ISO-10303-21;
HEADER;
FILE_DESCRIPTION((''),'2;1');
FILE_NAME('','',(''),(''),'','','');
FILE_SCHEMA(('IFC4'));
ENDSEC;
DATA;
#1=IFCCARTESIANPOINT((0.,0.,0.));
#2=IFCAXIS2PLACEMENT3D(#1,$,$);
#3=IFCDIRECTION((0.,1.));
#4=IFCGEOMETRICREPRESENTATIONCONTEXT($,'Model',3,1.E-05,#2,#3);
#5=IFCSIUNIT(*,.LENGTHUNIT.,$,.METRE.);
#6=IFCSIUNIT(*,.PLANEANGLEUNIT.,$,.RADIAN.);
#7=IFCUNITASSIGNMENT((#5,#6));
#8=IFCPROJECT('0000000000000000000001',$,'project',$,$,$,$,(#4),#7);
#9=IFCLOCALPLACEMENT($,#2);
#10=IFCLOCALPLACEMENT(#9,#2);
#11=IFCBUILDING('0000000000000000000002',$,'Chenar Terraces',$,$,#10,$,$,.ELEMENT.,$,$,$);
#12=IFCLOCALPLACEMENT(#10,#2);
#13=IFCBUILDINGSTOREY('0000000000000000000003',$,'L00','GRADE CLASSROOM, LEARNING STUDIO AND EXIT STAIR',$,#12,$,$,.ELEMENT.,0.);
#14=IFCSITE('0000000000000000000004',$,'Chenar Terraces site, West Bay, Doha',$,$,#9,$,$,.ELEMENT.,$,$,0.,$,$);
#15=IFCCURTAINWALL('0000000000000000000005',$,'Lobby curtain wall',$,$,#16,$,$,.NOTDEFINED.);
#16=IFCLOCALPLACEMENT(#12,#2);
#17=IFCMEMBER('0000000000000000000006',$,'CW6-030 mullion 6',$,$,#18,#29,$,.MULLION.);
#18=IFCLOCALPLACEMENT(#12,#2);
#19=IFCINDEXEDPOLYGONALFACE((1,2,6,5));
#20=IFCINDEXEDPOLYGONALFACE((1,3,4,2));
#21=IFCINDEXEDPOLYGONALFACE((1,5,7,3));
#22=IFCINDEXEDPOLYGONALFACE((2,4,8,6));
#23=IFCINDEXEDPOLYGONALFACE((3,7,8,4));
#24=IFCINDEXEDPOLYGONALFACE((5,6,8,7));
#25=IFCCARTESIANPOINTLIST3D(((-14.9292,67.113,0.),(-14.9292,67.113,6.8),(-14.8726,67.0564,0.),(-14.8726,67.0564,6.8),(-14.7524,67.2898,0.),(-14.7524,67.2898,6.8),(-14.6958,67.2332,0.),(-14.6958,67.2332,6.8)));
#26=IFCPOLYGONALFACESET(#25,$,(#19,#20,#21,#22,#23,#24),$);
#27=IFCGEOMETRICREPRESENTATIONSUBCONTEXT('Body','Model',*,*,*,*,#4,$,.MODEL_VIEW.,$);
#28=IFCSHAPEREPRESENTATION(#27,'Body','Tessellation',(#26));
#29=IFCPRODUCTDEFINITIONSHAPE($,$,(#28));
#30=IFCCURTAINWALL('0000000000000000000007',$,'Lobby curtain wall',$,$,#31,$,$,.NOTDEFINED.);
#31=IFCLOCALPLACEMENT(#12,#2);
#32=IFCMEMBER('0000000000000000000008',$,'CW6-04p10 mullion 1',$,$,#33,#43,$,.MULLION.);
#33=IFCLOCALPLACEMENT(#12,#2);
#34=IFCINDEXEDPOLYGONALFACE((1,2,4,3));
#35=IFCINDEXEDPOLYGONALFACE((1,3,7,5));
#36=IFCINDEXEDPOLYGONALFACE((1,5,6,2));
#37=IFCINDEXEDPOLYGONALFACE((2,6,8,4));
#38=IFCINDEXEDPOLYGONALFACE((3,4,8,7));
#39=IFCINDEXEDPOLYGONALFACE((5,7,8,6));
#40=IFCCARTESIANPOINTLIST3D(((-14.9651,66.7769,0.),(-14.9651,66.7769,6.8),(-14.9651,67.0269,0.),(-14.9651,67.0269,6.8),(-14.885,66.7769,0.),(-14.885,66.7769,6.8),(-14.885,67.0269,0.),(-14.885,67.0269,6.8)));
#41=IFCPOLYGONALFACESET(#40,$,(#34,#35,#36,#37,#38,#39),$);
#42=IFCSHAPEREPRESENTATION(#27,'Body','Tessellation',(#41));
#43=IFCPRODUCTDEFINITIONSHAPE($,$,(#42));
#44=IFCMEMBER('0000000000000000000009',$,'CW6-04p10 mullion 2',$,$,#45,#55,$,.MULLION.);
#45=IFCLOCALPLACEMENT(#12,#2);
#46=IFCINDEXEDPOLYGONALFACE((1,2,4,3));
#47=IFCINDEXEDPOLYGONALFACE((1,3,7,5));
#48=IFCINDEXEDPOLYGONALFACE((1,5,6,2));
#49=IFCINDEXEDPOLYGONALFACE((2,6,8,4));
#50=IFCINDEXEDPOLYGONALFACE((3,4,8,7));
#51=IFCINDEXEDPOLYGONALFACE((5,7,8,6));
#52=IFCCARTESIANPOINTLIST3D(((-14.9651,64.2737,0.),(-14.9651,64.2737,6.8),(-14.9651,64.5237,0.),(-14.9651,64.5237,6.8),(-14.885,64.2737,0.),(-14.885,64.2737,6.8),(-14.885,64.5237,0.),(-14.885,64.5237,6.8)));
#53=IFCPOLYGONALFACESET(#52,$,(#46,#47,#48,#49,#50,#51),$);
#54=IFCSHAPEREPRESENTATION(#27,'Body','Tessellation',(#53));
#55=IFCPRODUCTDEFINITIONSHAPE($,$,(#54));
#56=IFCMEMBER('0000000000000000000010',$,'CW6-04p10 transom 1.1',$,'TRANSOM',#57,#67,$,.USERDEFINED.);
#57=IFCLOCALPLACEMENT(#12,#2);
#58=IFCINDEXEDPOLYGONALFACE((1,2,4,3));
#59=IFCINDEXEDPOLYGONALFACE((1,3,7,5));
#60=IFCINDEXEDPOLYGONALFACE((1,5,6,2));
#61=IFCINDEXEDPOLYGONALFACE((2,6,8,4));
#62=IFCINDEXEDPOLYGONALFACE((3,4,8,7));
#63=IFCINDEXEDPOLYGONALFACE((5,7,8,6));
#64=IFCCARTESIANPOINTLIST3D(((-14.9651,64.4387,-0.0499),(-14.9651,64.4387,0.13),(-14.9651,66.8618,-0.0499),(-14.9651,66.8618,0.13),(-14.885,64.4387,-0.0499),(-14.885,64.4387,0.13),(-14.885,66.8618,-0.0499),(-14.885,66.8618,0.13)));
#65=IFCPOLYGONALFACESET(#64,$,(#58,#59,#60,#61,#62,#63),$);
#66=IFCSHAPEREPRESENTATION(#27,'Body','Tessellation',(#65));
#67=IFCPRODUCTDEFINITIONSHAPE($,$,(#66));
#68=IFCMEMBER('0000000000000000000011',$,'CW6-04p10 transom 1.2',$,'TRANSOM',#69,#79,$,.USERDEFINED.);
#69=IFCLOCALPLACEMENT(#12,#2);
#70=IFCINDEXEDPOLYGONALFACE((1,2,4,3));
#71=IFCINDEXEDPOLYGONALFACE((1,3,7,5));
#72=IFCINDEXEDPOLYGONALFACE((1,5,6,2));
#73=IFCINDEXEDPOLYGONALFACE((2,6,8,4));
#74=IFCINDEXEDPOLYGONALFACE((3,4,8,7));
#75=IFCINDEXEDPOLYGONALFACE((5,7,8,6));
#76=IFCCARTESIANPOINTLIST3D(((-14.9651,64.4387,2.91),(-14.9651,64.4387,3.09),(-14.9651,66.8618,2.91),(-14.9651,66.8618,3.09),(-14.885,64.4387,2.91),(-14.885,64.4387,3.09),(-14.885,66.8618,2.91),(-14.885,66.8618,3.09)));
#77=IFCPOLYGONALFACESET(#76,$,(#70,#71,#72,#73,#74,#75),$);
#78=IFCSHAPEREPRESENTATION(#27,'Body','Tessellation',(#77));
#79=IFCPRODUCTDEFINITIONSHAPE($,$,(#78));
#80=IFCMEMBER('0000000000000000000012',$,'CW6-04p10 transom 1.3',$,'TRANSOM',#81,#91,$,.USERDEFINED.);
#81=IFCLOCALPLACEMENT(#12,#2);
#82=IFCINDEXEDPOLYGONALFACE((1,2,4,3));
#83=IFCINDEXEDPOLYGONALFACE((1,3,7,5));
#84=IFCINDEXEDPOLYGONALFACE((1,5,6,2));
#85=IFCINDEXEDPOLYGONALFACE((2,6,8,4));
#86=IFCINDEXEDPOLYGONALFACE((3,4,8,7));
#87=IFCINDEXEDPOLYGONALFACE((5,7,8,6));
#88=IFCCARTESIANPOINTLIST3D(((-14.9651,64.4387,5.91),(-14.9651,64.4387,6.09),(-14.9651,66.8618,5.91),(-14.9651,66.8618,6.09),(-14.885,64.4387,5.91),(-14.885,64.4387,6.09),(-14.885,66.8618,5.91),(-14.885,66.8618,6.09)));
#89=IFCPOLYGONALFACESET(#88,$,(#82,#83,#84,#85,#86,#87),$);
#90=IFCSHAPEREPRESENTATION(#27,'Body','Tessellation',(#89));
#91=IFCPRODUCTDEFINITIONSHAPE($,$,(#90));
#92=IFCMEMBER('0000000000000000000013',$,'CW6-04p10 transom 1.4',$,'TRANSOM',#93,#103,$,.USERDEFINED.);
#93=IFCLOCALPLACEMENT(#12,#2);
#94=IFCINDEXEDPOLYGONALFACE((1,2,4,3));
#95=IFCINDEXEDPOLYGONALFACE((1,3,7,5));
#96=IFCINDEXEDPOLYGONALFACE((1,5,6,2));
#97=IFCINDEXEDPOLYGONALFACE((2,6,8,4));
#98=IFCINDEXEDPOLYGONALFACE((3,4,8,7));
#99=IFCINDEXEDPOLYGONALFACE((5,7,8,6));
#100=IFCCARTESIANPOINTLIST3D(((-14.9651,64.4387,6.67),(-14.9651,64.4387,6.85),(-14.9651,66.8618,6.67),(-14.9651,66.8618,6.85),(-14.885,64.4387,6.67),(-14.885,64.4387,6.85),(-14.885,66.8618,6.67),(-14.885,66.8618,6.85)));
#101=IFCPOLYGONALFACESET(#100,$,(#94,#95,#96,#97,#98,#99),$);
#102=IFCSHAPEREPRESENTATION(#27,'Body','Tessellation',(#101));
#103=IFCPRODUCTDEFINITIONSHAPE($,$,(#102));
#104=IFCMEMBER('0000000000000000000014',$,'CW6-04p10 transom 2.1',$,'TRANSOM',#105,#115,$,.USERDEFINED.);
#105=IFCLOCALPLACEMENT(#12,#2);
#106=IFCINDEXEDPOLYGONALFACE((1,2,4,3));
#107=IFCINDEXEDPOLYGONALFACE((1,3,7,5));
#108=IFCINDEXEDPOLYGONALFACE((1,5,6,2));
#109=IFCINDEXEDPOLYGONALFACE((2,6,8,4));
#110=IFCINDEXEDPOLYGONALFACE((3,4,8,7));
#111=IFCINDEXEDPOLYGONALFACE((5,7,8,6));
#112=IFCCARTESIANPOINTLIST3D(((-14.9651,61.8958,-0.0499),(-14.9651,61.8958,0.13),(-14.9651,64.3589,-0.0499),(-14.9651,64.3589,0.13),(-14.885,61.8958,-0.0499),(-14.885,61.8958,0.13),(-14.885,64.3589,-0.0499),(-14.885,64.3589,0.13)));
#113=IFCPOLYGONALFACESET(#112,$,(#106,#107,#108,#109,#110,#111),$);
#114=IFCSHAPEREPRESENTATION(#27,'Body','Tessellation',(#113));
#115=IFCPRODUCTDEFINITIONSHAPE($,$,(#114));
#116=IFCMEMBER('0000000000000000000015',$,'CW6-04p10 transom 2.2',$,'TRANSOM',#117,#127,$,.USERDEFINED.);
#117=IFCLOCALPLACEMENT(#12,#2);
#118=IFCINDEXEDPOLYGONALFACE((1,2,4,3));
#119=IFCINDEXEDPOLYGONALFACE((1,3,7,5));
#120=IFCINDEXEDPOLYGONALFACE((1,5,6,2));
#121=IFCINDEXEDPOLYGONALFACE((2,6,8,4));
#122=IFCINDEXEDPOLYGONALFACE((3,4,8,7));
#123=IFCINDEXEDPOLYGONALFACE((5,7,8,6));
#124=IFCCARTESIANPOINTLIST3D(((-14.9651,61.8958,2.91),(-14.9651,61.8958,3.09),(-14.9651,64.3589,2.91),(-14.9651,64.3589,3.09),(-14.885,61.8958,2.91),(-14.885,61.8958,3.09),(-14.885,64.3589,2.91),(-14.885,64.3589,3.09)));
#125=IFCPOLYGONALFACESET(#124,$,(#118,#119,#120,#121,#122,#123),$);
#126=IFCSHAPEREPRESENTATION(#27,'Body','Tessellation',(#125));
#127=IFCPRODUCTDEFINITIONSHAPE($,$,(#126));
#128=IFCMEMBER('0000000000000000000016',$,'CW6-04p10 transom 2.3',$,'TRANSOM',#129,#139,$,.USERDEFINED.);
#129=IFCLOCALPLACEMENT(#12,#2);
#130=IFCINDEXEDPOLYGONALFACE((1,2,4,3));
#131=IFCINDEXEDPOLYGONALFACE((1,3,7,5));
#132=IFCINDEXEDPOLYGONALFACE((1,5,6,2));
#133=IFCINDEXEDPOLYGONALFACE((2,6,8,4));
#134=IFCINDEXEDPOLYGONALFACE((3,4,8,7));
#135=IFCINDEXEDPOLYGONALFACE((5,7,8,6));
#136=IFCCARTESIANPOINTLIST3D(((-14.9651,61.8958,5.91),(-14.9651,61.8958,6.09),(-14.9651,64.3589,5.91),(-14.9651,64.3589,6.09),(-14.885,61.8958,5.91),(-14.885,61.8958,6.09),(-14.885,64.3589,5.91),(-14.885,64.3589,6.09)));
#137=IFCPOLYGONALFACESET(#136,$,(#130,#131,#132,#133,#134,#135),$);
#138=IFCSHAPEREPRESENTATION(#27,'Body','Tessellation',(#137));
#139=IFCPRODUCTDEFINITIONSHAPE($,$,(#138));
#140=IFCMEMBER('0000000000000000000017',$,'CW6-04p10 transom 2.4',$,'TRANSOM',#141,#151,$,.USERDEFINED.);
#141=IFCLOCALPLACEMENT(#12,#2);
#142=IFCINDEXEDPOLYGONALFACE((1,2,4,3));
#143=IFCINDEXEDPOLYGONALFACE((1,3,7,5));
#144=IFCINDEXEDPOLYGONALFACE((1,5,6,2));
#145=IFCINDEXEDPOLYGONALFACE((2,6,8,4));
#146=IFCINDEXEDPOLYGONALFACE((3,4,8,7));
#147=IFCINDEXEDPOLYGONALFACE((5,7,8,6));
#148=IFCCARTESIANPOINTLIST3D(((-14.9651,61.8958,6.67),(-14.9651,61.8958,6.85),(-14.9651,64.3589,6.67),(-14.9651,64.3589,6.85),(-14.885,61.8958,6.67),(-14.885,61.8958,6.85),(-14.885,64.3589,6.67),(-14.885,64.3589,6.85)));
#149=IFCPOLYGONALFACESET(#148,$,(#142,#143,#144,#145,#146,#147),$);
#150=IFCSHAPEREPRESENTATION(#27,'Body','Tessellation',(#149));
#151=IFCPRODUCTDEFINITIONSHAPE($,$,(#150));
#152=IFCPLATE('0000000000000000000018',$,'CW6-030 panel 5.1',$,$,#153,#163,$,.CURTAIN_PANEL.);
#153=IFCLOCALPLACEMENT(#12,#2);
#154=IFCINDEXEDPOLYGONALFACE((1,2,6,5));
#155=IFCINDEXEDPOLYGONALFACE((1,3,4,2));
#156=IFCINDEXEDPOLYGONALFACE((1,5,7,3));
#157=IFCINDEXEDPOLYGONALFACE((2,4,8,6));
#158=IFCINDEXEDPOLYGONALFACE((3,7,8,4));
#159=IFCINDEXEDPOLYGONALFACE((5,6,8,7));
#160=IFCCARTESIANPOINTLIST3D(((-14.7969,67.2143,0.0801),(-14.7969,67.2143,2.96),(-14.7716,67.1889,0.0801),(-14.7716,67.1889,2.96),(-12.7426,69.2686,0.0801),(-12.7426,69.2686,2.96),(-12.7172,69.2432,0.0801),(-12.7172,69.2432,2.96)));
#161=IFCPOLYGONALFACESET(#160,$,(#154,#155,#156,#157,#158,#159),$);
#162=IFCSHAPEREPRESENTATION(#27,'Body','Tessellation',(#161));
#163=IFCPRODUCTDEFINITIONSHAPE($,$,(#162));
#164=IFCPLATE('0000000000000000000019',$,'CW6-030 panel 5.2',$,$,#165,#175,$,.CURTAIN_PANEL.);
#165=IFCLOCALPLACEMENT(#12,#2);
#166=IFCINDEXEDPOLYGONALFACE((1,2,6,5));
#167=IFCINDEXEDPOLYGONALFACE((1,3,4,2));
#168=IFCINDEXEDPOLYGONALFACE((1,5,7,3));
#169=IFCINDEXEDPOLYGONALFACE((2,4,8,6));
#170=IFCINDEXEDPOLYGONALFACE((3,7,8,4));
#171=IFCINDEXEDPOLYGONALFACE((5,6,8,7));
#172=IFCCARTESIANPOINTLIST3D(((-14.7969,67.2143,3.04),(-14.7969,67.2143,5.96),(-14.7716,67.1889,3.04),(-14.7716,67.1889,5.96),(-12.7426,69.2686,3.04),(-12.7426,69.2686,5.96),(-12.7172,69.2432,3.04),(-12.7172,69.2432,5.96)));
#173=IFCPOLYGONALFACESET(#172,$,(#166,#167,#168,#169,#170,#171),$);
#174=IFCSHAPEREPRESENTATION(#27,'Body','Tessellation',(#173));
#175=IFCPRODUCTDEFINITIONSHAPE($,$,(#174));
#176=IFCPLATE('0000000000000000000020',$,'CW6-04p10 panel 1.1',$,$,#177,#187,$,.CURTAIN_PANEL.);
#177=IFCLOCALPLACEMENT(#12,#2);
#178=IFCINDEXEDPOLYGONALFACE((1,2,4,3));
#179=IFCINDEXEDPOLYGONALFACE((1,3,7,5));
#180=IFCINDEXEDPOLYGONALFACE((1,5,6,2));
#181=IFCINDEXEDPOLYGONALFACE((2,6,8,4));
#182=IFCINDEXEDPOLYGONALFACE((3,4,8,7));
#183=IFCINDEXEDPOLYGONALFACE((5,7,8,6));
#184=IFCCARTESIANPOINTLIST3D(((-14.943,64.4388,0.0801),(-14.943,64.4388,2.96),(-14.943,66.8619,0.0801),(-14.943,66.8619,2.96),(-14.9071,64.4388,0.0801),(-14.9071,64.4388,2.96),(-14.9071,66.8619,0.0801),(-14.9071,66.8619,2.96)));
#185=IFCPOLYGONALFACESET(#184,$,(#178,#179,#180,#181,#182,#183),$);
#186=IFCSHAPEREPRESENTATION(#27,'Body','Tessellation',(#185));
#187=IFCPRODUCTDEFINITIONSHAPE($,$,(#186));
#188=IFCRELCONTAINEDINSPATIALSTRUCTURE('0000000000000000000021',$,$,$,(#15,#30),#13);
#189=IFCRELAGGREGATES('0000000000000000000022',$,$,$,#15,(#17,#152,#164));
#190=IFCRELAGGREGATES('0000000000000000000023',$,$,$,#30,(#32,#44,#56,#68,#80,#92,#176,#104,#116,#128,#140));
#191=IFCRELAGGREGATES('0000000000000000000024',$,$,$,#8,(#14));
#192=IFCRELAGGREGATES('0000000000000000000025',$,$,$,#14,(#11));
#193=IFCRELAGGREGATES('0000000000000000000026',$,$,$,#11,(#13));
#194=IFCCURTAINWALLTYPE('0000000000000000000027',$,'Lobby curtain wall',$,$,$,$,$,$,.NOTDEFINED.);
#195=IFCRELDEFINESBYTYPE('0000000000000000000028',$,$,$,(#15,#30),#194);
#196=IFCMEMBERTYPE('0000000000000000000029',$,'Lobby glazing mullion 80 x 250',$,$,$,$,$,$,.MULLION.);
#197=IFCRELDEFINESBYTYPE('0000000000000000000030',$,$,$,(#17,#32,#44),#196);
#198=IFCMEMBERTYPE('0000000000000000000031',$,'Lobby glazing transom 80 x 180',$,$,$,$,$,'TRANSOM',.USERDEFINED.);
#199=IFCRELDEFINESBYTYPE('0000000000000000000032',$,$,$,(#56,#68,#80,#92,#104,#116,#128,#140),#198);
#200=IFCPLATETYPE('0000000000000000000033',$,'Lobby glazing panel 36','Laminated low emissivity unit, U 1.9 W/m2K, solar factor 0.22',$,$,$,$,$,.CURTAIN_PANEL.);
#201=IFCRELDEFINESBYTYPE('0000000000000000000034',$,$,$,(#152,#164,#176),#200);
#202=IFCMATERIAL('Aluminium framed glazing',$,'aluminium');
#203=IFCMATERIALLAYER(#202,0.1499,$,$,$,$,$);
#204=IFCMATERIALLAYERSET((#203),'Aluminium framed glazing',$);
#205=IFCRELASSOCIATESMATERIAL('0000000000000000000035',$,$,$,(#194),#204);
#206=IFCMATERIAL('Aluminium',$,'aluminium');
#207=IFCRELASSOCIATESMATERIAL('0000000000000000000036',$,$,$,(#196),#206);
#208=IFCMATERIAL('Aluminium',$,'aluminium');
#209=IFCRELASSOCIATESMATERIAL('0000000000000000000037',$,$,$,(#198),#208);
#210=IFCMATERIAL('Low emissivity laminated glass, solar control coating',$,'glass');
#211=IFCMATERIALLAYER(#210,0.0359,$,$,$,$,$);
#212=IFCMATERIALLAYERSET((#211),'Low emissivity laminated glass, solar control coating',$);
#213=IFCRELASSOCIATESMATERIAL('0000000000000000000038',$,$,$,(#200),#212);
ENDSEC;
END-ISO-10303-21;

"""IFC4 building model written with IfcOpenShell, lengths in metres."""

from ifc_helpers import new_model, si_unit, direction, frame, origin, origin_2d, place, context, subcontext, project, spatial, rectangle, extrude, material, layer, layer_set, material_profile, profile_set, type_object, element, aggregate, save


model = new_model("IFC4")

# Units and contexts
model_context = context("Model", 3, precision=1e-05, world=origin(), true_north=direction((0.0, 1.0)))
body_context = subcontext(model_context, "Body", "Model", "MODEL_VIEW")
ifc_project = project(units=[si_unit("LENGTHUNIT", "METRE"), si_unit("PLANEANGLEUNIT", "RADIAN")], contexts=[model_context])

# Site, building, storey
site_placement = place(None, origin())
site = spatial("IfcSite", under=ifc_project, at=site_placement, Name="Chenar Terraces site, West Bay, Doha", CompositionType="ELEMENT", RefElevation=0.0)
building_placement = place(site_placement, origin())
building = spatial("IfcBuilding", under=site, at=building_placement, Name="Chenar Terraces", CompositionType="ELEMENT")
storey_placement = place(building_placement, origin())
storey = spatial("IfcBuildingStorey", under=building, at=storey_placement, Name="L00", Description="GRADE CLASSROOM, LEARNING STUDIO AND EXIT STAIR", CompositionType="ELEMENT", Elevation=0.0)

# Curtain wall, member
ifc_material_1 = material(Name="Aluminium framed glazing", Category="aluminium")
ifc_layer_1 = layer(ifc_material_1, 0.1499)
ifc_layer_set_1 = layer_set([ifc_layer_1], Name="Aluminium framed glazing")
curtain_wall_type = type_object("IfcCurtainWallType", Name="Lobby curtain wall", PredefinedType="NOTDEFINED", material=ifc_layer_set_1)
placement = place(storey_placement, origin())
curtain_wall_1 = element("IfcCurtainWall", 1, at=placement, inside=storey, type_object=curtain_wall_type, Name="Lobby curtain wall", PredefinedType="NOTDEFINED")
ifc_material_2 = material(Name="Aluminium", Category="aluminium")
ifc_material_profile_1 = material_profile(ifc_material_2, rectangle(XDim=0.0801, YDim=0.25, at=origin_2d()), Name="Lobby glazing mullion 80 x 250")
ifc_profile_set_1 = profile_set([ifc_material_profile_1], Name="Aluminium")
member_type_1 = type_object("IfcMemberType", Name="Lobby glazing mullion 80 x 250", PredefinedType="MULLION", material=ifc_profile_set_1)
member_1_placement = place(storey_placement, frame((-14.8125, 67.1731, 0.0), z_axis=(0.0, 0.0, 1.0), x_axis=(0.707107, -0.707107, 0.0)))
member_1 = element("IfcMember", 2, at=member_1_placement, type_object=member_type_1, Name="CW6-030 mullion 6", PredefinedType="MULLION", context=body_context, shape_type="SweptSolid", body=[
    extrude(rectangle(XDim=0.0801, YDim=0.25, at=origin_2d()), origin(), (0.0, 0.0, 1.0), 6.8),
])

# Curtain wall, members
curtain_wall_2 = element("IfcCurtainWall", 3, at=placement, inside=storey, type_object=curtain_wall_type, Name="Lobby curtain wall", PredefinedType="NOTDEFINED")
member_2_placement = place(storey_placement, frame((-14.925, 66.9019, 0.0), z_axis=(0.0, 0.0, 1.0), x_axis=(1.0, 0.0, 0.0)))
member_2 = element("IfcMember", 4, at=member_2_placement, type_object=member_type_1, Name="CW6-04p10 mullion 1", PredefinedType="MULLION", context=body_context, shape_type="SweptSolid", body=[
    extrude(rectangle(XDim=0.0801, YDim=0.25, at=origin_2d()), origin(), (0.0, 0.0, 1.0), 6.8),
])
member_3_placement = place(storey_placement, frame((-14.925, 64.3987, 0.0), z_axis=(0.0, 0.0, 1.0), x_axis=(1.0, 0.0, 0.0)))
member_3 = element("IfcMember", 5, at=member_3_placement, type_object=member_type_1, Name="CW6-04p10 mullion 2", PredefinedType="MULLION", context=body_context, shape_type="SweptSolid", body=[
    extrude(rectangle(XDim=0.0801, YDim=0.25, at=origin_2d()), origin(), (0.0, 0.0, 1.0), 6.8),
])
ifc_material_3 = material(Name="Aluminium", Category="aluminium")
ifc_material_profile_2 = material_profile(ifc_material_3, rectangle(XDim=0.0801, YDim=0.1799, at=origin_2d()), Name="Lobby glazing transom 80 x 180")
ifc_profile_set_2 = profile_set([ifc_material_profile_2], Name="Aluminium")
member_type_2 = type_object("IfcMemberType", Name="Lobby glazing transom 80 x 180", ElementType="TRANSOM", PredefinedType="USERDEFINED", material=ifc_profile_set_2)
member_4_placement = place(storey_placement, frame((-14.925, 66.8618, 0.04), z_axis=(0.0, -1.0, 0.0), x_axis=(1.0, 0.0, 0.0)))
member_4 = element("IfcMember", 6, at=member_4_placement, type_object=member_type_2, Name="CW6-04p10 transom 1.1", ObjectType="TRANSOM", PredefinedType="USERDEFINED", context=body_context, shape_type="SweptSolid", body=[
    extrude(rectangle(XDim=0.0801, YDim=0.1799, at=origin_2d()), origin(), (0.0, 0.0, 1.0), 2.4231),
])
member_5_placement = place(storey_placement, frame((-14.925, 66.8618, 3.0), z_axis=(0.0, -1.0, 0.0), x_axis=(1.0, 0.0, 0.0)))
member_5 = element("IfcMember", 7, at=member_5_placement, type_object=member_type_2, Name="CW6-04p10 transom 1.2", ObjectType="TRANSOM", PredefinedType="USERDEFINED", context=body_context, shape_type="SweptSolid", body=[
    extrude(rectangle(XDim=0.0801, YDim=0.1799, at=origin_2d()), origin(), (0.0, 0.0, 1.0), 2.4231),
])
member_6_placement = place(storey_placement, frame((-14.925, 66.8618, 6.0), z_axis=(0.0, -1.0, 0.0), x_axis=(1.0, 0.0, 0.0)))
member_6 = element("IfcMember", 8, at=member_6_placement, type_object=member_type_2, Name="CW6-04p10 transom 1.3", ObjectType="TRANSOM", PredefinedType="USERDEFINED", context=body_context, shape_type="SweptSolid", body=[
    extrude(rectangle(XDim=0.0801, YDim=0.1799, at=origin_2d()), origin(), (0.0, 0.0, 1.0), 2.4231),
])
member_7_placement = place(storey_placement, frame((-14.925, 66.8618, 6.76), z_axis=(0.0, -1.0, 0.0), x_axis=(1.0, 0.0, 0.0)))
member_7 = element("IfcMember", 9, at=member_7_placement, type_object=member_type_2, Name="CW6-04p10 transom 1.4", ObjectType="TRANSOM", PredefinedType="USERDEFINED", context=body_context, shape_type="SweptSolid", body=[
    extrude(rectangle(XDim=0.0801, YDim=0.1799, at=origin_2d()), origin(), (0.0, 0.0, 1.0), 2.4231),
])
member_8_placement = place(storey_placement, frame((-14.925, 64.3589, 0.04), z_axis=(0.0, -1.0, 0.0), x_axis=(1.0, 0.0, 0.0)))
member_8 = element("IfcMember", 10, at=member_8_placement, type_object=member_type_2, Name="CW6-04p10 transom 2.1", ObjectType="TRANSOM", PredefinedType="USERDEFINED", context=body_context, shape_type="SweptSolid", body=[
    extrude(rectangle(XDim=0.0801, YDim=0.1799, at=origin_2d()), origin(), (0.0, 0.0, 1.0), 2.4631),
])
member_9_placement = place(storey_placement, frame((-14.925, 64.3589, 3.0), z_axis=(0.0, -1.0, 0.0), x_axis=(1.0, 0.0, 0.0)))
member_9 = element("IfcMember", 11, at=member_9_placement, type_object=member_type_2, Name="CW6-04p10 transom 2.2", ObjectType="TRANSOM", PredefinedType="USERDEFINED", context=body_context, shape_type="SweptSolid", body=[
    extrude(rectangle(XDim=0.0801, YDim=0.1799, at=origin_2d()), origin(), (0.0, 0.0, 1.0), 2.4631),
])
member_10_placement = place(storey_placement, frame((-14.925, 64.3589, 6.0), z_axis=(0.0, -1.0, 0.0), x_axis=(1.0, 0.0, 0.0)))
member_10 = element("IfcMember", 12, at=member_10_placement, type_object=member_type_2, Name="CW6-04p10 transom 2.3", ObjectType="TRANSOM", PredefinedType="USERDEFINED", context=body_context, shape_type="SweptSolid", body=[
    extrude(rectangle(XDim=0.0801, YDim=0.1799, at=origin_2d()), origin(), (0.0, 0.0, 1.0), 2.4631),
])
member_11_placement = place(storey_placement, frame((-14.925, 64.3589, 6.76), z_axis=(0.0, -1.0, 0.0), x_axis=(1.0, 0.0, 0.0)))
member_11 = element("IfcMember", 13, at=member_11_placement, type_object=member_type_2, Name="CW6-04p10 transom 2.4", ObjectType="TRANSOM", PredefinedType="USERDEFINED", context=body_context, shape_type="SweptSolid", body=[
    extrude(rectangle(XDim=0.0801, YDim=0.1799, at=origin_2d()), origin(), (0.0, 0.0, 1.0), 2.4631),
])

# Plates
ifc_material_4 = material(Name="Low emissivity laminated glass, solar control coating", Category="glass")
ifc_layer_2 = layer(ifc_material_4, 0.0359)
ifc_layer_set_2 = layer_set([ifc_layer_2], Name="Low emissivity laminated glass, solar control coating")
plate_type = type_object("IfcPlateType", Name="Lobby glazing panel 36", Description="Laminated low emissivity unit, U 1.9 W/m2K, solar factor 0.22", PredefinedType="CURTAIN_PANEL", material=ifc_layer_set_2)
plate_1_placement = place(storey_placement, frame((-13.7571, 68.2288, 0.0801), z_axis=(0.0, 0.0, 1.0), x_axis=(-0.707107, -0.707107, 0.0)))
plate_1 = element("IfcPlate", 14, at=plate_1_placement, type_object=plate_type, Name="CW6-030 panel 5.1", PredefinedType="CURTAIN_PANEL", context=body_context, shape_type="SweptSolid", body=[
    extrude(rectangle(XDim=2.9053, YDim=0.0359, at=origin_2d()), origin(), (0.0, 0.0, 1.0), 2.8799),
])
plate_2_placement = place(storey_placement, frame((-13.7571, 68.2288, 3.04), z_axis=(0.0, 0.0, 1.0), x_axis=(-0.707107, -0.707107, 0.0)))
plate_2 = element("IfcPlate", 15, at=plate_2_placement, type_object=plate_type, Name="CW6-030 panel 5.2", PredefinedType="CURTAIN_PANEL", context=body_context, shape_type="SweptSolid", body=[
    extrude(rectangle(XDim=2.9053, YDim=0.0359, at=origin_2d()), origin(), (0.0, 0.0, 1.0), 2.9199),
])
aggregate(curtain_wall_1, [member_1, plate_1, plate_2])
plate_3_placement = place(storey_placement, frame((-14.925, 65.6504, 0.0801), z_axis=(0.0, 0.0, 1.0), x_axis=(0.0, -1.0, 0.0)))
plate_3 = element("IfcPlate", 16, at=plate_3_placement, type_object=plate_type, Name="CW6-04p10 panel 1.1", PredefinedType="CURTAIN_PANEL", context=body_context, shape_type="SweptSolid", body=[
    extrude(rectangle(XDim=2.4231, YDim=0.0359, at=origin_2d()), origin(), (0.0, 0.0, 1.0), 2.8799),
])
aggregate(curtain_wall_2, [member_2, member_3, member_4, member_5, member_6, member_7, plate_3, member_8, member_9, member_10, member_11])

save(model, "model.ifc")
